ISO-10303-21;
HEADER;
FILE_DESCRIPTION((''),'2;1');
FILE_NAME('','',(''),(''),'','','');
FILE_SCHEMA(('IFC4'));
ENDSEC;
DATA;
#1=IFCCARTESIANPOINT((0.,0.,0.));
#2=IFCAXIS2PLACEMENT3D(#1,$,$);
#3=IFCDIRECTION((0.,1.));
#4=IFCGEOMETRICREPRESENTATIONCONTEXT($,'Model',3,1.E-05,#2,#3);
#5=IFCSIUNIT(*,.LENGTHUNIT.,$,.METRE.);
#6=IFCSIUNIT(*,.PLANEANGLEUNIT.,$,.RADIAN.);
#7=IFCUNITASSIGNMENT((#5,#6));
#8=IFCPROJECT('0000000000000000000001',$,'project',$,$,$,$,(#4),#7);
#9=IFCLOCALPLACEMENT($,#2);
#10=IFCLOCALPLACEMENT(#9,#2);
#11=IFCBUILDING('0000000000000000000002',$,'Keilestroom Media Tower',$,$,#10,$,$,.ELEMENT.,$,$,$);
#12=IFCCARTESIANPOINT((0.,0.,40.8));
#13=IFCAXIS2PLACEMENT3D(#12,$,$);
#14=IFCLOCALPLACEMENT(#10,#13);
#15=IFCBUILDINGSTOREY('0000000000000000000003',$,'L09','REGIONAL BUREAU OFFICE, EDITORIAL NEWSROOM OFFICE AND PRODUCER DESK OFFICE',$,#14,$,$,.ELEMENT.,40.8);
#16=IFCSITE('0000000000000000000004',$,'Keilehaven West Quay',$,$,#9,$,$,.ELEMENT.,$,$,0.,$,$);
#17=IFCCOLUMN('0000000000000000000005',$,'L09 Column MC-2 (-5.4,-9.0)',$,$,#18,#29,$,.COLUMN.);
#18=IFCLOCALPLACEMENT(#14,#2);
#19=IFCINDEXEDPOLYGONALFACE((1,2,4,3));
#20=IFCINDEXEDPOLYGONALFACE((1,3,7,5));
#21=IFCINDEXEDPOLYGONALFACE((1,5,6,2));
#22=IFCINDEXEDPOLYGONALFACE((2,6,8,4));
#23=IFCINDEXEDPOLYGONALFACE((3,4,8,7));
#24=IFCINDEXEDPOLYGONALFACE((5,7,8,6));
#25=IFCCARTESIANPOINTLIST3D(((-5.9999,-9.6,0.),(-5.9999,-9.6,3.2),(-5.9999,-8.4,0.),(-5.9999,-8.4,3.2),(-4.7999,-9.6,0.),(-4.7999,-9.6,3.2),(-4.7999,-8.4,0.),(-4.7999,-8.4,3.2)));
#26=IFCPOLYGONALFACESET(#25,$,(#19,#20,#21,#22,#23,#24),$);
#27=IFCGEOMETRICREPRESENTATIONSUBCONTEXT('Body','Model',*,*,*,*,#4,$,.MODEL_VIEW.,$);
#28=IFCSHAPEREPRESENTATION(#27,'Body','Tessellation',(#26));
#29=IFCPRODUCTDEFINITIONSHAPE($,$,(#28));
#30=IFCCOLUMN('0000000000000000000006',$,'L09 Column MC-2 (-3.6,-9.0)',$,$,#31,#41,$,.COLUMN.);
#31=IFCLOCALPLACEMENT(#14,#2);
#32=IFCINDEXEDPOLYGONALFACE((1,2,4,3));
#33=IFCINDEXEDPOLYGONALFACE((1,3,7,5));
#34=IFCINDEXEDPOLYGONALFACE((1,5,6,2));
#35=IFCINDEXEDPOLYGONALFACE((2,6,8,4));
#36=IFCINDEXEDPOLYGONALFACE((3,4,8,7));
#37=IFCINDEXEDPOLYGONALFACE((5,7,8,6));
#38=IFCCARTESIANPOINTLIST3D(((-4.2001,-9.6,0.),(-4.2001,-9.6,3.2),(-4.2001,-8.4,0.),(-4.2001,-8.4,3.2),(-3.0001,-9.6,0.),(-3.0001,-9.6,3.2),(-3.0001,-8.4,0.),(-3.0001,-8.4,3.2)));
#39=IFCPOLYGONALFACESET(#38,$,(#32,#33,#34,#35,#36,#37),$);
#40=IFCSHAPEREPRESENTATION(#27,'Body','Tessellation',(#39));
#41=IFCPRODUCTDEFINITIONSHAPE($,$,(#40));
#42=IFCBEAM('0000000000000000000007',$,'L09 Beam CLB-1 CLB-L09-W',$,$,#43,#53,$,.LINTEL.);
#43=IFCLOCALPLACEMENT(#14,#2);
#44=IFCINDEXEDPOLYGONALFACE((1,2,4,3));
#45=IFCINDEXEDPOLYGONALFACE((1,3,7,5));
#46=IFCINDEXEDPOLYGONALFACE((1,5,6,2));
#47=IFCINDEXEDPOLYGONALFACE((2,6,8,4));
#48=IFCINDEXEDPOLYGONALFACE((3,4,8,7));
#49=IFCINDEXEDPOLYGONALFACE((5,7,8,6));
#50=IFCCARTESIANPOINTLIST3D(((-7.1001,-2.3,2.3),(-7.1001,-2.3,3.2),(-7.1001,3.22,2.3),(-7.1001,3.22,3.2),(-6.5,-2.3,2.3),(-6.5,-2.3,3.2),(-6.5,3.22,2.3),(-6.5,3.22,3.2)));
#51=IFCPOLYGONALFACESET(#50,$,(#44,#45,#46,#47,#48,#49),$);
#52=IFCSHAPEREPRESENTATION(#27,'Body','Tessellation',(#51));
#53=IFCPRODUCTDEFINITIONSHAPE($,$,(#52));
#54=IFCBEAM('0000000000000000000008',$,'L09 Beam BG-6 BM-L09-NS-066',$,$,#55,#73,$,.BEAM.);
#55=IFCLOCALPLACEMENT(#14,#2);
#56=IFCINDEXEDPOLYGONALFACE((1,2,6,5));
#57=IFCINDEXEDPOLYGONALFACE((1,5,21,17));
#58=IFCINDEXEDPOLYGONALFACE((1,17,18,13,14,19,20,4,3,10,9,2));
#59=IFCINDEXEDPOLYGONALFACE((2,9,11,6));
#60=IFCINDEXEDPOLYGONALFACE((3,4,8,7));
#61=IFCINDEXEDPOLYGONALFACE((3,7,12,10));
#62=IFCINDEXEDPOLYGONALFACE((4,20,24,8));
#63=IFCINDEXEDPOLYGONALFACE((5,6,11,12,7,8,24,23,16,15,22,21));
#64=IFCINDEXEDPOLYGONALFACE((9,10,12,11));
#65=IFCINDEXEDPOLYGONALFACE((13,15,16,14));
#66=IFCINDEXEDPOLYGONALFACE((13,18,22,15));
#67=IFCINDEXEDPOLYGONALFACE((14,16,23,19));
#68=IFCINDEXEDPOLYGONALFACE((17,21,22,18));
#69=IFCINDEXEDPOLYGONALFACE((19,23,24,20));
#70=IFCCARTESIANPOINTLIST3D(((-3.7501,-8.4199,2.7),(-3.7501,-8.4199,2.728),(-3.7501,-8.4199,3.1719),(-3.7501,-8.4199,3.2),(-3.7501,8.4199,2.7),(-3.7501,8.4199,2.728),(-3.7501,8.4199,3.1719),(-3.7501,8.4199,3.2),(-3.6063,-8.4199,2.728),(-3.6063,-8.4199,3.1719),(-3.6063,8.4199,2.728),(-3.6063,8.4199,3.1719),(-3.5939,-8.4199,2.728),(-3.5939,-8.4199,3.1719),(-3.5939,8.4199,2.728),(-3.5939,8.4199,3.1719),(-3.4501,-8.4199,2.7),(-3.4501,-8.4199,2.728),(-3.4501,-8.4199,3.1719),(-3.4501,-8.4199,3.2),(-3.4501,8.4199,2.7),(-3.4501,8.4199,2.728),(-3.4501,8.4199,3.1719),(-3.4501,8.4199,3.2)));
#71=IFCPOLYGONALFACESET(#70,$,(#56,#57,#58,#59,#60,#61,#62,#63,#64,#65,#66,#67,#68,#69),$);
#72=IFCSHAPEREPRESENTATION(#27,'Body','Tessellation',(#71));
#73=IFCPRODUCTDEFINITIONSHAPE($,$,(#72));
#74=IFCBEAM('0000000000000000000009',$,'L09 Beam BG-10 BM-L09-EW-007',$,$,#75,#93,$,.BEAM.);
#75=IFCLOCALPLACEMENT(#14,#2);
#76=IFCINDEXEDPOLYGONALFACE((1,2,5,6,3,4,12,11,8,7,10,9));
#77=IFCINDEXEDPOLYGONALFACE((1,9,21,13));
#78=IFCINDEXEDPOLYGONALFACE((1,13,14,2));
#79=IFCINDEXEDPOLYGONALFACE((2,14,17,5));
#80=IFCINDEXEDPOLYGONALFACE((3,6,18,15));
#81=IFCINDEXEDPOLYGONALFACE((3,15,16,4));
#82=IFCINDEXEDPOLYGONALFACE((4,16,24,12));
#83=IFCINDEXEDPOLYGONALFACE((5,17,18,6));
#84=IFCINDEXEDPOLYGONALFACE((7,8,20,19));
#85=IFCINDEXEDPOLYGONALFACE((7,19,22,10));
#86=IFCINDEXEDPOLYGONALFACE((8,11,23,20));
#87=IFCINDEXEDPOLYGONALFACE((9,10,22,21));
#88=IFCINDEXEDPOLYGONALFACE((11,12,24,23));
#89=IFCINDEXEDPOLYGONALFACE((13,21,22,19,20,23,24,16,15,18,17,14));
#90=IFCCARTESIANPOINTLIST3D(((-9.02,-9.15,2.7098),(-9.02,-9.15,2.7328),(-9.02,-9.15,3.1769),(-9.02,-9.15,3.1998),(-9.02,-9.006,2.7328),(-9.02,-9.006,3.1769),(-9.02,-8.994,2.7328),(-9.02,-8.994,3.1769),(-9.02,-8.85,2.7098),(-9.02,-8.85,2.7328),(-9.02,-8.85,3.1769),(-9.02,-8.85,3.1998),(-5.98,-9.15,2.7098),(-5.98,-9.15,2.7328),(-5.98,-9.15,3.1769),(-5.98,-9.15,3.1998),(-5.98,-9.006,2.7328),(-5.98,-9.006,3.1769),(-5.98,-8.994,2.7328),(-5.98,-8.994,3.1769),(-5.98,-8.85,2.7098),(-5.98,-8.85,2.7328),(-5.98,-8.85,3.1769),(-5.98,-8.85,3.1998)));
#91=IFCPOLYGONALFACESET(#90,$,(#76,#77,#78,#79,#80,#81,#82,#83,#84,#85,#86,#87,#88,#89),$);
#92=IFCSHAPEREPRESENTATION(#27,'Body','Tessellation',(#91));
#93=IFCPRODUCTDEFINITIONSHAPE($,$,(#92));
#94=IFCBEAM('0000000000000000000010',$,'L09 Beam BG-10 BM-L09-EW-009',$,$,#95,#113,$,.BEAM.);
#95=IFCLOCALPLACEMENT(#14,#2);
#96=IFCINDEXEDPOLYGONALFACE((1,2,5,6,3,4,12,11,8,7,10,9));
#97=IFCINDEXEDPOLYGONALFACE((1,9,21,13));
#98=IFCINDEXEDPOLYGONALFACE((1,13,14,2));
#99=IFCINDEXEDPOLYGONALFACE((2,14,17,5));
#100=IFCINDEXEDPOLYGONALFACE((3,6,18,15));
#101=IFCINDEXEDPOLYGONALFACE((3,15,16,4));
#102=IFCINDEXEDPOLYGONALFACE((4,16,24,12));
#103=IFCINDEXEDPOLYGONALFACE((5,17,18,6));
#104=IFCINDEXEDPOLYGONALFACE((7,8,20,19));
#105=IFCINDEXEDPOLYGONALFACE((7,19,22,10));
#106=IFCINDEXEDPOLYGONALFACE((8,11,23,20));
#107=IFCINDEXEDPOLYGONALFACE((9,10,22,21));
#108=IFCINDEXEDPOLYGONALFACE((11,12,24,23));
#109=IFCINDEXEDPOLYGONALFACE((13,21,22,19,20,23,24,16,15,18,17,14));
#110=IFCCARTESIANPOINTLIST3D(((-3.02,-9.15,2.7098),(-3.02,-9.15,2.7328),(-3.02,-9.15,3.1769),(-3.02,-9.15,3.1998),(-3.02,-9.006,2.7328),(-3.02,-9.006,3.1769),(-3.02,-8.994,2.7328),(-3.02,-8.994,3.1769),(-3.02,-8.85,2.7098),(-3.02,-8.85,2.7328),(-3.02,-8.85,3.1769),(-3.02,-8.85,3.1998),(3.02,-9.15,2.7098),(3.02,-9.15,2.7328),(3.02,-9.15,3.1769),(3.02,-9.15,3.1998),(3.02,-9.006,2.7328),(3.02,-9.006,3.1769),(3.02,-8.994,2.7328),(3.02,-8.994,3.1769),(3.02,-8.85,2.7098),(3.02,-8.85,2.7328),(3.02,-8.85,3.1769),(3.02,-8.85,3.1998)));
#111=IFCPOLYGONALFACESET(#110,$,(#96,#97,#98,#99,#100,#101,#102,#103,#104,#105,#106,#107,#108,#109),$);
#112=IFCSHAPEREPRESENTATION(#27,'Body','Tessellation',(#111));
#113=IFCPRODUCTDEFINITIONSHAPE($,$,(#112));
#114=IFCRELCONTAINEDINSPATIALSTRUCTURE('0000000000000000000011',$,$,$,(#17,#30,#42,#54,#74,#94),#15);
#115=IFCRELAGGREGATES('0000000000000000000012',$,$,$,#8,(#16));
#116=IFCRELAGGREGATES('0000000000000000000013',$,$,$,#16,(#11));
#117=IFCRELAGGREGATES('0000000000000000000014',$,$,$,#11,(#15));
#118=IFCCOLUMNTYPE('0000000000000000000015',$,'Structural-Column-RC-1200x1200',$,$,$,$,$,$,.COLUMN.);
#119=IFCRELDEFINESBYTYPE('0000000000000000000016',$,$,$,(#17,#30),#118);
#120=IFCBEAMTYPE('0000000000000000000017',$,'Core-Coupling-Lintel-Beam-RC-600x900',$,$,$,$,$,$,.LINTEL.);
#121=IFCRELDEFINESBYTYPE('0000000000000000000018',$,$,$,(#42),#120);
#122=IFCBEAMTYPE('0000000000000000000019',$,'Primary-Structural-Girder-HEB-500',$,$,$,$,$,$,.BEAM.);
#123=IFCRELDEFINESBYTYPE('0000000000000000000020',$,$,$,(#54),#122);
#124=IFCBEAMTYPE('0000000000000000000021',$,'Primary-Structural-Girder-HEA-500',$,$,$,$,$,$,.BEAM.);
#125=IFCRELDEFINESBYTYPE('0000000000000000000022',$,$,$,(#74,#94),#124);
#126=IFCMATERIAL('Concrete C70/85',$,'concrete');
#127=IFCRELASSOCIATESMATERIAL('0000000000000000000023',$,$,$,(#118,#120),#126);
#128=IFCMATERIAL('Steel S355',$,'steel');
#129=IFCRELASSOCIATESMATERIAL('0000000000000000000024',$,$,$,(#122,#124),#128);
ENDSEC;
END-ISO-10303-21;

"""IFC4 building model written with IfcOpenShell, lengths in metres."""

from ifc_helpers import new_model, si_unit, direction, frame, origin, origin_2d, place, context, subcontext, project, spatial, rectangle, i_section, extrude, source, transform, mapped, material, material_profile, profile_set, type_object, element, save


model = new_model("IFC4")

# Units and contexts
model_context = context("Model", 3, precision=1e-05, world=origin(), true_north=direction((0.0, 1.0)))
body_context = subcontext(model_context, "Body", "Model", "MODEL_VIEW")
ifc_project = project(units=[si_unit("LENGTHUNIT", "METRE"), si_unit("PLANEANGLEUNIT", "RADIAN")], contexts=[model_context])

# Site, building, storey
site_placement = place(None, origin())
site = spatial("IfcSite", under=ifc_project, at=site_placement, Name="Keilehaven West Quay", CompositionType="ELEMENT", RefElevation=0.0)
building_placement = place(site_placement, origin())
building = spatial("IfcBuilding", under=site, at=building_placement, Name="Keilestroom Media Tower", CompositionType="ELEMENT")
storey_placement = place(building_placement, frame((0.0, 0.0, 40.8)))
storey = spatial("IfcBuildingStorey", under=building, at=storey_placement, Name="L09", Description="REGIONAL BUREAU OFFICE, EDITORIAL NEWSROOM OFFICE AND PRODUCER DESK OFFICE", CompositionType="ELEMENT", Elevation=40.8)

# Columns
ifc_material_1 = material(Name="Concrete C70/85", Category="concrete")
ifc_material_profile_1 = material_profile(ifc_material_1, rectangle(XDim=1.2, YDim=1.2, at=origin_2d()), Name="RC 1200x1200")
ifc_profile_set_1 = profile_set([ifc_material_profile_1], Name="Concrete C70/85")
column_type = type_object("IfcColumnType", Name="Structural-Column-RC-1200x1200", PredefinedType="COLUMN", material=ifc_profile_set_1)
shared_shape_1 = source(origin(), body_context, "Body", "SweptSolid", [
    extrude(rectangle(XDim=1.2, YDim=1.2, at=origin_2d()), origin(), (0.0, 0.0, 1.0), 3.2),
])
for number, where, z_axis, x_axis, name in (
    (1, (-5.3999, -9.0, 0.0), (0.0, 0.0, 1.0), (1.0, 0.0, 0.0), "L09 Column MC-2 (-5.4,-9.0)"),
    (2, (-3.6001, -9.0, 0.0), (0.0, 0.0, 1.0), (1.0, 0.0, 0.0), "L09 Column MC-2 (-3.6,-9.0)"),
):
    element("IfcColumn", number, at=place(storey_placement, frame(where, z_axis=z_axis, x_axis=x_axis)), inside=storey, type_object=column_type, Name=name, PredefinedType="COLUMN", context=body_context, shape_type="MappedRepresentation", body=[
        mapped(shared_shape_1, transform((0.0, 0.0, 0.0), x_axis=(1.0, 0.0, 0.0), y_axis=(0.0, 1.0, 0.0), z_axis=(0.0, 0.0, 1.0), scale=1.0)),
    ])

# Beams
ifc_material_profile_2 = material_profile(ifc_material_1, rectangle(XDim=0.6001, YDim=0.8999, at=origin_2d()), Name="RC 600x900")
ifc_profile_set_2 = profile_set([ifc_material_profile_2], Name="Concrete C70/85")
beam_type_1 = type_object("IfcBeamType", Name="Core-Coupling-Lintel-Beam-RC-600x900", PredefinedType="LINTEL", material=ifc_profile_set_2)
shared_shape_2 = source(origin(), body_context, "Body", "SweptSolid", [
    extrude(rectangle(XDim=0.6001, YDim=0.8999, at=origin_2d()), origin(), (0.0, 0.0, 1.0), 5.52),
])
beam_1_placement = place(storey_placement, frame((-6.8, -2.3, 2.75), z_axis=(0.0, 1.0, 0.0), x_axis=(-1.0, 0.0, 0.0)))
element("IfcBeam", 3, at=beam_1_placement, inside=storey, type_object=beam_type_1, Name="L09 Beam CLB-1 CLB-L09-W", PredefinedType="LINTEL", context=body_context, shape_type="MappedRepresentation", body=[
    mapped(shared_shape_2, transform((0.0, 0.0, 0.0), x_axis=(1.0, 0.0, 0.0), y_axis=(0.0, 1.0, 0.0), z_axis=(0.0, 0.0, 1.0), scale=1.0)),
])
ifc_material_2 = material(Name="Steel S355", Category="steel")
ifc_material_profile_3 = material_profile(ifc_material_2, i_section(OverallWidth=0.3, OverallDepth=0.5, WebThickness=0.0125, FlangeThickness=0.0281, at=origin_2d()), Name="HEB 500")
ifc_profile_set_3 = profile_set([ifc_material_profile_3], Name="Steel S355")
beam_type_2 = type_object("IfcBeamType", Name="Primary-Structural-Girder-HEB-500", PredefinedType="BEAM", material=ifc_profile_set_3)
shared_shape_3 = source(origin(), body_context, "Body", "SweptSolid", [
    extrude(i_section(OverallWidth=0.3, OverallDepth=0.5, WebThickness=0.0125, FlangeThickness=0.0281, at=origin_2d()), origin(), (0.0, 0.0, 1.0), 16.8398),
])
beam_2_placement = place(storey_placement, frame((-3.6001, -8.4199, 2.95), z_axis=(0.0, 1.0, 0.0), x_axis=(-1.0, 0.0, 0.0)))
element("IfcBeam", 4, at=beam_2_placement, inside=storey, type_object=beam_type_2, Name="L09 Beam BG-6 BM-L09-NS-066", PredefinedType="BEAM", context=body_context, shape_type="MappedRepresentation", body=[
    mapped(shared_shape_3, transform((0.0, 0.0, 0.0), x_axis=(1.0, 0.0, 0.0), y_axis=(0.0, 1.0, 0.0), z_axis=(0.0, 0.0, 1.0), scale=1.0)),
])
ifc_material_profile_4 = material_profile(ifc_material_2, i_section(OverallWidth=0.3, OverallDepth=0.49, WebThickness=0.012, FlangeThickness=0.0229, at=origin_2d()), Name="HEA 500")
ifc_profile_set_4 = profile_set([ifc_material_profile_4], Name="Steel S355")
beam_type_3 = type_object("IfcBeamType", Name="Primary-Structural-Girder-HEA-500", PredefinedType="BEAM", material=ifc_profile_set_4)
shared_shape_4 = source(origin(), body_context, "Body", "SweptSolid", [
    extrude(i_section(OverallWidth=0.3, OverallDepth=0.49, WebThickness=0.012, FlangeThickness=0.0229, at=origin_2d()), origin(), (0.0, 0.0, 1.0), 3.04),
])
beam_3_placement = place(storey_placement, frame((-9.02, -9.0, 2.9548), z_axis=(1.0, 0.0, 0.0), x_axis=(0.0, 1.0, 0.0)))
element("IfcBeam", 5, at=beam_3_placement, inside=storey, type_object=beam_type_3, Name="L09 Beam BG-10 BM-L09-EW-007", PredefinedType="BEAM", context=body_context, shape_type="MappedRepresentation", body=[
    mapped(shared_shape_4, transform((0.0, 0.0, 0.0), x_axis=(1.0, 0.0, 0.0), y_axis=(0.0, 1.0, 0.0), z_axis=(0.0, 0.0, 1.0), scale=1.0)),
])
shared_shape_5 = source(origin(), body_context, "Body", "SweptSolid", [
    extrude(i_section(OverallWidth=0.3, OverallDepth=0.49, WebThickness=0.012, FlangeThickness=0.0229, at=origin_2d()), origin(), (0.0, 0.0, 1.0), 6.04),
])
beam_4_placement = place(storey_placement, frame((-3.02, -9.0, 2.9548), z_axis=(1.0, 0.0, 0.0), x_axis=(0.0, 1.0, 0.0)))
element("IfcBeam", 6, at=beam_4_placement, inside=storey, type_object=beam_type_3, Name="L09 Beam BG-10 BM-L09-EW-009", PredefinedType="BEAM", context=body_context, shape_type="MappedRepresentation", body=[
    mapped(shared_shape_5, transform((0.0, 0.0, 0.0), x_axis=(1.0, 0.0, 0.0), y_axis=(0.0, 1.0, 0.0), z_axis=(0.0, 0.0, 1.0), scale=1.0)),
])

save(model, "model.ifc")
